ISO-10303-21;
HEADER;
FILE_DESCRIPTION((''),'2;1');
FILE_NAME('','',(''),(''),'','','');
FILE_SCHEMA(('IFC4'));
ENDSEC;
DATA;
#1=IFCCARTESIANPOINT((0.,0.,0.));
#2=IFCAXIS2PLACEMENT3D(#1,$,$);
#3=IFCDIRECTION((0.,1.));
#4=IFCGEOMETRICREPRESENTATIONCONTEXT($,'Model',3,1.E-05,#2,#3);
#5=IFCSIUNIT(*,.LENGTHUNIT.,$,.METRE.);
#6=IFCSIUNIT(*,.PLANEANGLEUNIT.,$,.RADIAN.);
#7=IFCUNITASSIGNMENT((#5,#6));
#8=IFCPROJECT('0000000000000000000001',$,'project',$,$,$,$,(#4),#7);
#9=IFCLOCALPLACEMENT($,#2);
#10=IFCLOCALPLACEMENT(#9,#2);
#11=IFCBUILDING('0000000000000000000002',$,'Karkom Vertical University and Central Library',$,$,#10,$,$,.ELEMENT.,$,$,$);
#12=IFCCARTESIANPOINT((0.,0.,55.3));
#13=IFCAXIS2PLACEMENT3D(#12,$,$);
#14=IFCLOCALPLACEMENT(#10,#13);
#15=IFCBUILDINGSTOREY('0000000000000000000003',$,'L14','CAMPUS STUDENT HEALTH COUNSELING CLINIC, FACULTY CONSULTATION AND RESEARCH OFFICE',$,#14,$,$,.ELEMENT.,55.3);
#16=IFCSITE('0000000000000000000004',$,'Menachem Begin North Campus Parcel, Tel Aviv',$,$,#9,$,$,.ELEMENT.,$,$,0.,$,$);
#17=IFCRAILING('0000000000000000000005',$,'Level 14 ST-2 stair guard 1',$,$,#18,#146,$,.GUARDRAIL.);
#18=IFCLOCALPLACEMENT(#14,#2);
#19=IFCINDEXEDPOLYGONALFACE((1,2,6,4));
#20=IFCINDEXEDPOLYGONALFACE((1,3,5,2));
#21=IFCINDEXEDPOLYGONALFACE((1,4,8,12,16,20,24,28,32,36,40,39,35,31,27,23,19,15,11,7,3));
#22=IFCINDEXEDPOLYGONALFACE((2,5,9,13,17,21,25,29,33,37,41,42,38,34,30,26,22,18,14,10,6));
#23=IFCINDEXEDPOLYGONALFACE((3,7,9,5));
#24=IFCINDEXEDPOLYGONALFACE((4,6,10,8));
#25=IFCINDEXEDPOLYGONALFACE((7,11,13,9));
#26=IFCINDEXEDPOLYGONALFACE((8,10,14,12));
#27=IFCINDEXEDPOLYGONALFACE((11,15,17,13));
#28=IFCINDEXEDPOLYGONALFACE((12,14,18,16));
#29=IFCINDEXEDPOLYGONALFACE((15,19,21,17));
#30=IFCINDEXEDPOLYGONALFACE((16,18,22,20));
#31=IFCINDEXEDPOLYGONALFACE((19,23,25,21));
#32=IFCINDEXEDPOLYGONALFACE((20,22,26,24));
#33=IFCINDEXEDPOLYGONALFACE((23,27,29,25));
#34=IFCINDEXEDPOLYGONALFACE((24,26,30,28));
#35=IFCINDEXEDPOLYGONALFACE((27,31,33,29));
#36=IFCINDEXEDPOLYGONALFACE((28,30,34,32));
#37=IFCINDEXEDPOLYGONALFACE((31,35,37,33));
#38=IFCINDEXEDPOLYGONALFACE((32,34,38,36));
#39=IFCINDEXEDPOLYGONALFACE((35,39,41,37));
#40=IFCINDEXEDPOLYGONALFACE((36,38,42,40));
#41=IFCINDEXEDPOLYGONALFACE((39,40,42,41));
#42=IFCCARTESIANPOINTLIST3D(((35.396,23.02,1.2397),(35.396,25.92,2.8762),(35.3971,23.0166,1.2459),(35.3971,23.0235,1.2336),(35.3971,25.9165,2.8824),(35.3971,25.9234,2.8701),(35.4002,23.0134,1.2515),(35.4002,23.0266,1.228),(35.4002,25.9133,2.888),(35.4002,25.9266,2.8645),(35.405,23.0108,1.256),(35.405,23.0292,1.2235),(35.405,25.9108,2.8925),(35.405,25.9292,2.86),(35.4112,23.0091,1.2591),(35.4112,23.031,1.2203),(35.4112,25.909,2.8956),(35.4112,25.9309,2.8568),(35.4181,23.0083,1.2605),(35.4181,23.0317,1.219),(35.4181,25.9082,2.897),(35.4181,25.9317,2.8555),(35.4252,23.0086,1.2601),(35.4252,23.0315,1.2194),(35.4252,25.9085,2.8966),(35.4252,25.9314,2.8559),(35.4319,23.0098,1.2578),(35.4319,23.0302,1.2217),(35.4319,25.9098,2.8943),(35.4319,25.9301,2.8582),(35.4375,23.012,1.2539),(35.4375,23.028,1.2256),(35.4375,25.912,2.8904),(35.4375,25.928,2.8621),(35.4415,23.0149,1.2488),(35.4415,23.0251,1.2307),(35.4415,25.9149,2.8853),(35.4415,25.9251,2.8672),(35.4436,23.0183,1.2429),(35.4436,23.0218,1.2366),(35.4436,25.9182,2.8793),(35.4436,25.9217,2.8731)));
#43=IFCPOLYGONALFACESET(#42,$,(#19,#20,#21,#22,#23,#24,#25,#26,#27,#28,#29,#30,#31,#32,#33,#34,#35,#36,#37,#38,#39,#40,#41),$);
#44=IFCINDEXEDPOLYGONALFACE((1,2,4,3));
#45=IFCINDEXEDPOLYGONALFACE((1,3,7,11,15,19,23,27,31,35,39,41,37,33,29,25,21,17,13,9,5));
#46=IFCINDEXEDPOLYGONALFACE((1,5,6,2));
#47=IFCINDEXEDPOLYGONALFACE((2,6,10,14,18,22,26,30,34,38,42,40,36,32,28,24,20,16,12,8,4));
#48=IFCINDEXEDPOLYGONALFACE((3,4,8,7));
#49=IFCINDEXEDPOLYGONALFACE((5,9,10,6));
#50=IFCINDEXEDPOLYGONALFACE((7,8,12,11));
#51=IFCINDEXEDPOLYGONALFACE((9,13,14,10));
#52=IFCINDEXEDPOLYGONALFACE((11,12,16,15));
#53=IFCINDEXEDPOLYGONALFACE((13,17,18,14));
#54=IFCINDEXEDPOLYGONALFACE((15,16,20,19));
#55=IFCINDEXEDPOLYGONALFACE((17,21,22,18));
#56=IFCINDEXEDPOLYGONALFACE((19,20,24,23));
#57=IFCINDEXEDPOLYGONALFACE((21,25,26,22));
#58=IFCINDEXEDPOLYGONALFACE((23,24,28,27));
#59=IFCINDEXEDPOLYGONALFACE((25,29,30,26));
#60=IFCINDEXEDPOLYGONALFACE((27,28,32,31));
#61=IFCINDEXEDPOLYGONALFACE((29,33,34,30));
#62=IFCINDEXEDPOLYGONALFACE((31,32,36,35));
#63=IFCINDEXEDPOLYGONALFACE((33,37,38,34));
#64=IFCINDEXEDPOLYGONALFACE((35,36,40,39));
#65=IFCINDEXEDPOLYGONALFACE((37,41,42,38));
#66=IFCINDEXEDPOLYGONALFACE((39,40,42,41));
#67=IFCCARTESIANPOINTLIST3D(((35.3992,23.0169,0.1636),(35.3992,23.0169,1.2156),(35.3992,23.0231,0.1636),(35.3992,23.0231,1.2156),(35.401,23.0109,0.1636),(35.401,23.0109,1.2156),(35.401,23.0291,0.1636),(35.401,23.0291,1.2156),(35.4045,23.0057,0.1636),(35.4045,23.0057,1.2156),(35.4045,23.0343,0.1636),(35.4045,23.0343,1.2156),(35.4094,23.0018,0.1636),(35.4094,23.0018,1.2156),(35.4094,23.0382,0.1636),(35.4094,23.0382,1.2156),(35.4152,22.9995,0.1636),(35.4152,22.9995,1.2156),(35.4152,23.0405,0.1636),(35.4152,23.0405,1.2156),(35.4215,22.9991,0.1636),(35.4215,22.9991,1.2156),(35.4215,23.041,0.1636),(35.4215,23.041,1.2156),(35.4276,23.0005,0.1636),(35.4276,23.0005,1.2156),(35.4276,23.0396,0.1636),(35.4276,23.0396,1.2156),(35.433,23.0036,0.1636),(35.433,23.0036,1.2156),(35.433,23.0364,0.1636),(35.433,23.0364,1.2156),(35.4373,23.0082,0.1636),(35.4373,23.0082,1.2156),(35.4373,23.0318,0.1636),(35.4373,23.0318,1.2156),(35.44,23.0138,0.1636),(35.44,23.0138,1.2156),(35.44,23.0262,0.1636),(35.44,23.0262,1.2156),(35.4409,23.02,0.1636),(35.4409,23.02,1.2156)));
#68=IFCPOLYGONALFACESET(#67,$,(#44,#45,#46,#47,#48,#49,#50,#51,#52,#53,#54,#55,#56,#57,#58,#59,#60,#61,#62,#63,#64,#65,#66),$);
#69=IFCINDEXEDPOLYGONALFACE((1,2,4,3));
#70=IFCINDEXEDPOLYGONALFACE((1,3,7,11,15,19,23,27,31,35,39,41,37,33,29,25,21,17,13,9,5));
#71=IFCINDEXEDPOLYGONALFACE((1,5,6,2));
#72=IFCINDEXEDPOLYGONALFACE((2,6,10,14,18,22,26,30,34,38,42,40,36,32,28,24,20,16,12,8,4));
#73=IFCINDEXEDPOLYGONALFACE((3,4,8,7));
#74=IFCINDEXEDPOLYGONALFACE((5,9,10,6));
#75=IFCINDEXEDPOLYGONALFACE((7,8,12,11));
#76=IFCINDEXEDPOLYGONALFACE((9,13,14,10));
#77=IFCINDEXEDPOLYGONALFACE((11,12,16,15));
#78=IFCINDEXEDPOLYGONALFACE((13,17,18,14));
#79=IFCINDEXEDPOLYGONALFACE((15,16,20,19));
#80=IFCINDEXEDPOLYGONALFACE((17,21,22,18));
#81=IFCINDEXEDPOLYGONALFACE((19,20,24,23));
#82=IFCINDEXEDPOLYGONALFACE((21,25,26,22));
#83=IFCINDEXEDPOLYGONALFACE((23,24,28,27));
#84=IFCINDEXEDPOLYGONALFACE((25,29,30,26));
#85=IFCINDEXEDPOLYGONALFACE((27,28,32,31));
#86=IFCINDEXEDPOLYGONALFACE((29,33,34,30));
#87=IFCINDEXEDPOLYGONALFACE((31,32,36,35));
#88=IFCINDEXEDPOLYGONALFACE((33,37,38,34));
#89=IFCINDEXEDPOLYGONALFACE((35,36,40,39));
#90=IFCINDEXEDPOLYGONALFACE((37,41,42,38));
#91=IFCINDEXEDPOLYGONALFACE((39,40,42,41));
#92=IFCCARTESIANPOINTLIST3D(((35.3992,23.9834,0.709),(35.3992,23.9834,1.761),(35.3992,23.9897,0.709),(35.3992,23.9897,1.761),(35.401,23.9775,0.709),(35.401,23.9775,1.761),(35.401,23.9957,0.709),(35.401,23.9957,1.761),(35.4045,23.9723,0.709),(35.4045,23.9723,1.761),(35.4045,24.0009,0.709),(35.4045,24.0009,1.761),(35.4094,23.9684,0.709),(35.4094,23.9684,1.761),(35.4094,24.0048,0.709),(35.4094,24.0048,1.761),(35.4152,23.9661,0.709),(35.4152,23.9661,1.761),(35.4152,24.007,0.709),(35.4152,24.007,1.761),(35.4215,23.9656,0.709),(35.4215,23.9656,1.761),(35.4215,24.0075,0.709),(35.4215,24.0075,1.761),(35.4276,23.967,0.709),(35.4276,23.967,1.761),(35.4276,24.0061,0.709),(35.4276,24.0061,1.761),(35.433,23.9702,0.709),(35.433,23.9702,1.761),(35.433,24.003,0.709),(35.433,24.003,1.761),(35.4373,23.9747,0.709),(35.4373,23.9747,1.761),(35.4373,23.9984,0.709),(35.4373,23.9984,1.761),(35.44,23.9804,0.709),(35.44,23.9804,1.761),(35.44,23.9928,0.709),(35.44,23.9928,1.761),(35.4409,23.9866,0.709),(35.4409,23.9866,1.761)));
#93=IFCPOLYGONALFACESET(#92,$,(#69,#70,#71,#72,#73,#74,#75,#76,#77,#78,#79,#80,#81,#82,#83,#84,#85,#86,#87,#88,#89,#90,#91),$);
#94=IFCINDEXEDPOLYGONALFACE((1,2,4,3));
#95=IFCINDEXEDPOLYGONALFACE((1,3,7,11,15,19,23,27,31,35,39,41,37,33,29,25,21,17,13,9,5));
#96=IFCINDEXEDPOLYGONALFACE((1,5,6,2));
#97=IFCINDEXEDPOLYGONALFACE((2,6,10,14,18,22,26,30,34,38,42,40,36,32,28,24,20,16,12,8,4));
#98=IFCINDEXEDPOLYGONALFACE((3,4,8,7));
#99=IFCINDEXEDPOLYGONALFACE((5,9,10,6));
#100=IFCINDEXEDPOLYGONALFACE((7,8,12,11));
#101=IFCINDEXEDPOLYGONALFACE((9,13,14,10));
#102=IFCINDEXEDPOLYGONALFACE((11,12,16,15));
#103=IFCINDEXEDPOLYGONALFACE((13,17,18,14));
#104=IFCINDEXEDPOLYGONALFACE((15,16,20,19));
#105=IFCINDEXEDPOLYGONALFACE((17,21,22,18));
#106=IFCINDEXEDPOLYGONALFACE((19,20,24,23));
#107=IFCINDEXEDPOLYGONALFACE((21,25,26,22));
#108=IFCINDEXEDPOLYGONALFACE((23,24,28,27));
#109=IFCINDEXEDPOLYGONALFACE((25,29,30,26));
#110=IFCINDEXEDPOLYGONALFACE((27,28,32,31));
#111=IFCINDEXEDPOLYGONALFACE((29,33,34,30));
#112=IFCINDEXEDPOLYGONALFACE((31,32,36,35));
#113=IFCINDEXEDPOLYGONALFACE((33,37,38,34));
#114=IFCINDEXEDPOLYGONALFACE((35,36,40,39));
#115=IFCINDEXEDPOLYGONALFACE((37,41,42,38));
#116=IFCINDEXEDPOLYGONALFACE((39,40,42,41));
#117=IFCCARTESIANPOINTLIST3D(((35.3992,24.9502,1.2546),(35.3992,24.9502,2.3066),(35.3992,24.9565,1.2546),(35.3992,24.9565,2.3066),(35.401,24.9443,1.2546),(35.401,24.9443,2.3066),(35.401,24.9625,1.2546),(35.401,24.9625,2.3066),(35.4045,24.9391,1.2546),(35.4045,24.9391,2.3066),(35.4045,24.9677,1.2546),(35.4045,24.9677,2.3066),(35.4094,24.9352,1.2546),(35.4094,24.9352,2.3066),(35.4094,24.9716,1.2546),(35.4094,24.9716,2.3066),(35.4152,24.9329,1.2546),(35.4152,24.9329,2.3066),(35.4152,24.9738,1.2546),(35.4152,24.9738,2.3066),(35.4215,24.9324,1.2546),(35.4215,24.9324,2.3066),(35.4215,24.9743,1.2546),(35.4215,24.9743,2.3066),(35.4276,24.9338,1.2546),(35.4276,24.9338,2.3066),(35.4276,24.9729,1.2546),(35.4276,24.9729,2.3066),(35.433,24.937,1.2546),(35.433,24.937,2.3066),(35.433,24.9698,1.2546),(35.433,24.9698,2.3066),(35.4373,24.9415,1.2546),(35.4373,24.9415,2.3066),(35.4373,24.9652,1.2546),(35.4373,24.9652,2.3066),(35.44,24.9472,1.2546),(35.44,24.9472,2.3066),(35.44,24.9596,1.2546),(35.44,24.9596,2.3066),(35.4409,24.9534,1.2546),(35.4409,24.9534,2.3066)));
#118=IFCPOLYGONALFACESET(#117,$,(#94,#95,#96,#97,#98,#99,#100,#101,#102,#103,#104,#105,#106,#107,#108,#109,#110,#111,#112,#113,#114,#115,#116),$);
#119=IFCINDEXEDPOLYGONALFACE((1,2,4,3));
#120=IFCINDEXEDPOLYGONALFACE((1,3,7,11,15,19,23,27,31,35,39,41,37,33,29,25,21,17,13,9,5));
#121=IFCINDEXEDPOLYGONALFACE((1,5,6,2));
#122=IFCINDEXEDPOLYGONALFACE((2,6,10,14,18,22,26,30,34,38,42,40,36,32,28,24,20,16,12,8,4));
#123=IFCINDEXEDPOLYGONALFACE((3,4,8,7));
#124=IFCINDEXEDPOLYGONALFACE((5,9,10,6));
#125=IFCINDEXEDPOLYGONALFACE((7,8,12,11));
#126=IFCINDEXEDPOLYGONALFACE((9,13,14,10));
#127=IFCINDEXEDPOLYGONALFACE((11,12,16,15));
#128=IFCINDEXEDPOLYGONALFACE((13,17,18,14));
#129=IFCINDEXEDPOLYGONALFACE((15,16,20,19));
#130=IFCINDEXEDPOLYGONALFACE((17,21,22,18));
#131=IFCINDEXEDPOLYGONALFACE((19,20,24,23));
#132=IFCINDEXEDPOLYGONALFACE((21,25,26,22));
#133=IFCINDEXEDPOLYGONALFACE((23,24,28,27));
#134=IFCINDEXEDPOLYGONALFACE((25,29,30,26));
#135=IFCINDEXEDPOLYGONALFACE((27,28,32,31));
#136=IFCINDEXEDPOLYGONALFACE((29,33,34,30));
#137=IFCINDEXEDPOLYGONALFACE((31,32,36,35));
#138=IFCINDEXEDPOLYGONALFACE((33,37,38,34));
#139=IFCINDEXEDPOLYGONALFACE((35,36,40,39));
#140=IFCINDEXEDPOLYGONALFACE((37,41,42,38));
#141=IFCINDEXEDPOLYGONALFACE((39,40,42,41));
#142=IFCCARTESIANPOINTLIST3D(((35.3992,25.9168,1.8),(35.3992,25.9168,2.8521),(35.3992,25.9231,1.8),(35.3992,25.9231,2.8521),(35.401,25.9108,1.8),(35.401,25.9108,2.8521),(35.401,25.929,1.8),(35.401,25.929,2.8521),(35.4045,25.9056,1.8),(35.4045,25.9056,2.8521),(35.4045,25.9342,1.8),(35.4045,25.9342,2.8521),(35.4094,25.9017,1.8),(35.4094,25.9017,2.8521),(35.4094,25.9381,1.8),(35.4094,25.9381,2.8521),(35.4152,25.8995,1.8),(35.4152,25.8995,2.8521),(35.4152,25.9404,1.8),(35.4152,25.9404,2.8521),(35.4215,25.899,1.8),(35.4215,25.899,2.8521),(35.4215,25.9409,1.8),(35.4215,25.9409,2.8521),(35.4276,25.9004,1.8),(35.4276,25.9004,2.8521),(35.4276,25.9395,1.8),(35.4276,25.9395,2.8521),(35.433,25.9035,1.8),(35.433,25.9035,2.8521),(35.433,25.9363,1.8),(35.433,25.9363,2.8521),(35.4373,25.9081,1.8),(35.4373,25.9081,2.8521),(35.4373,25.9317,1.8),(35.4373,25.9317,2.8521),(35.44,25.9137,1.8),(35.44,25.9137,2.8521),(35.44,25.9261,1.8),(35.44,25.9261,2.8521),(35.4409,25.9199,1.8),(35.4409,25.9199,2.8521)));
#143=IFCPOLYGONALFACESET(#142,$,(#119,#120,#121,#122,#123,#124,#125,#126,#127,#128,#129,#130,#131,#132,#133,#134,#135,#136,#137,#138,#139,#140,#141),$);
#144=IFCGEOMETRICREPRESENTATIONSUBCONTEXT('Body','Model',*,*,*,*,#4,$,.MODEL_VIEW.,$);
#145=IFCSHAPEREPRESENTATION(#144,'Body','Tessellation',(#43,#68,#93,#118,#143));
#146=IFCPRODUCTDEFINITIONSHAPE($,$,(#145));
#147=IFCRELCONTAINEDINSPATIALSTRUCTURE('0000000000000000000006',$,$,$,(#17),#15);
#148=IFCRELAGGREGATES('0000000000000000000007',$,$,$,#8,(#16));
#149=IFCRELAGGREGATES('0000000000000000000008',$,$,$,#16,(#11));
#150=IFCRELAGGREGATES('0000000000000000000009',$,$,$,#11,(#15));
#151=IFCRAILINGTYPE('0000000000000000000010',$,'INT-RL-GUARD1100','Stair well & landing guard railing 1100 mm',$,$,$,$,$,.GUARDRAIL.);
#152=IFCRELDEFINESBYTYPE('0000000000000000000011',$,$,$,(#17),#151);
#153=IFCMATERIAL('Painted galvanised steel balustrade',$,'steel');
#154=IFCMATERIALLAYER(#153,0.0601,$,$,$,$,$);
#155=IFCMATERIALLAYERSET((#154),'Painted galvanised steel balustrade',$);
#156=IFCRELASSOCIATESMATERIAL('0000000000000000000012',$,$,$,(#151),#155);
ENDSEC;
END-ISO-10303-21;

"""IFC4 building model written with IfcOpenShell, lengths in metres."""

from ifc_helpers import new_model, si_unit, direction, frame, origin, origin_2d, place, context, subcontext, project, spatial, circle, extrude, material, layer, layer_set, type_object, element, save


model = new_model("IFC4")

# Units and contexts
model_context = context("Model", 3, precision=1e-05, world=origin(), true_north=direction((0.0, 1.0)))
body_context = subcontext(model_context, "Body", "Model", "MODEL_VIEW")
ifc_project = project(units=[si_unit("LENGTHUNIT", "METRE"), si_unit("PLANEANGLEUNIT", "RADIAN")], contexts=[model_context])

# Site, building, storey
site_placement = place(None, origin())
site = spatial("IfcSite", under=ifc_project, at=site_placement, Name="Menachem Begin North Campus Parcel, Tel Aviv", CompositionType="ELEMENT", RefElevation=0.0)
building_placement = place(site_placement, origin())
building = spatial("IfcBuilding", under=site, at=building_placement, Name="Karkom Vertical University and Central Library", CompositionType="ELEMENT")
storey_placement = place(building_placement, frame((0.0, 0.0, 55.3)))
storey = spatial("IfcBuildingStorey", under=building, at=storey_placement, Name="L14", Description="CAMPUS STUDENT HEALTH COUNSELING CLINIC, FACULTY CONSULTATION AND RESEARCH OFFICE", CompositionType="ELEMENT", Elevation=55.3)

# Railing
ifc_material_1 = material(Name="Painted galvanised steel balustrade", Category="steel")
ifc_layer_1 = layer(ifc_material_1, 0.0601)
ifc_layer_set_1 = layer_set([ifc_layer_1], Name="Painted galvanised steel balustrade")
railing_type_1 = type_object("IfcRailingType", Name="INT-RL-GUARD1100", Description="Stair well & landing guard railing 1100 mm", PredefinedType="GUARDRAIL", material=ifc_layer_set_1)
railing_1_placement = place(storey_placement, frame((35.4199, 23.02, 0.1636)))
element("IfcRailing", 1, at=railing_1_placement, inside=storey, type_object=railing_type_1, Name="Level 14 ST-2 stair guard 1", PredefinedType="GUARDRAIL", context=body_context, shape_type="SweptSolid", body=[
    extrude(circle(Radius=0.0239, at=origin_2d()), frame((0.0, 0.0, 1.0762), z_axis=(0.0, 0.870897, 0.491465), x_axis=(-1.0, 0.0, 0.0)), (0.0, 0.0, 1.0), 3.3298),
    extrude(circle(Radius=0.021, at=origin_2d()), origin(), (0.0, 0.0, 1.0), 1.052),
    extrude(circle(Radius=0.021, at=origin_2d()), frame((0.0, 0.9666, 0.5454)), (0.0, 0.0, 1.0), 1.052),
    extrude(circle(Radius=0.021, at=origin_2d()), frame((0.0, 1.9333, 1.0911)), (0.0, 0.0, 1.0), 1.052),
    extrude(circle(Radius=0.021, at=origin_2d()), frame((0.0, 2.8999, 1.6365)), (0.0, 0.0, 1.0), 1.052),
])

save(model, "model.ifc")
